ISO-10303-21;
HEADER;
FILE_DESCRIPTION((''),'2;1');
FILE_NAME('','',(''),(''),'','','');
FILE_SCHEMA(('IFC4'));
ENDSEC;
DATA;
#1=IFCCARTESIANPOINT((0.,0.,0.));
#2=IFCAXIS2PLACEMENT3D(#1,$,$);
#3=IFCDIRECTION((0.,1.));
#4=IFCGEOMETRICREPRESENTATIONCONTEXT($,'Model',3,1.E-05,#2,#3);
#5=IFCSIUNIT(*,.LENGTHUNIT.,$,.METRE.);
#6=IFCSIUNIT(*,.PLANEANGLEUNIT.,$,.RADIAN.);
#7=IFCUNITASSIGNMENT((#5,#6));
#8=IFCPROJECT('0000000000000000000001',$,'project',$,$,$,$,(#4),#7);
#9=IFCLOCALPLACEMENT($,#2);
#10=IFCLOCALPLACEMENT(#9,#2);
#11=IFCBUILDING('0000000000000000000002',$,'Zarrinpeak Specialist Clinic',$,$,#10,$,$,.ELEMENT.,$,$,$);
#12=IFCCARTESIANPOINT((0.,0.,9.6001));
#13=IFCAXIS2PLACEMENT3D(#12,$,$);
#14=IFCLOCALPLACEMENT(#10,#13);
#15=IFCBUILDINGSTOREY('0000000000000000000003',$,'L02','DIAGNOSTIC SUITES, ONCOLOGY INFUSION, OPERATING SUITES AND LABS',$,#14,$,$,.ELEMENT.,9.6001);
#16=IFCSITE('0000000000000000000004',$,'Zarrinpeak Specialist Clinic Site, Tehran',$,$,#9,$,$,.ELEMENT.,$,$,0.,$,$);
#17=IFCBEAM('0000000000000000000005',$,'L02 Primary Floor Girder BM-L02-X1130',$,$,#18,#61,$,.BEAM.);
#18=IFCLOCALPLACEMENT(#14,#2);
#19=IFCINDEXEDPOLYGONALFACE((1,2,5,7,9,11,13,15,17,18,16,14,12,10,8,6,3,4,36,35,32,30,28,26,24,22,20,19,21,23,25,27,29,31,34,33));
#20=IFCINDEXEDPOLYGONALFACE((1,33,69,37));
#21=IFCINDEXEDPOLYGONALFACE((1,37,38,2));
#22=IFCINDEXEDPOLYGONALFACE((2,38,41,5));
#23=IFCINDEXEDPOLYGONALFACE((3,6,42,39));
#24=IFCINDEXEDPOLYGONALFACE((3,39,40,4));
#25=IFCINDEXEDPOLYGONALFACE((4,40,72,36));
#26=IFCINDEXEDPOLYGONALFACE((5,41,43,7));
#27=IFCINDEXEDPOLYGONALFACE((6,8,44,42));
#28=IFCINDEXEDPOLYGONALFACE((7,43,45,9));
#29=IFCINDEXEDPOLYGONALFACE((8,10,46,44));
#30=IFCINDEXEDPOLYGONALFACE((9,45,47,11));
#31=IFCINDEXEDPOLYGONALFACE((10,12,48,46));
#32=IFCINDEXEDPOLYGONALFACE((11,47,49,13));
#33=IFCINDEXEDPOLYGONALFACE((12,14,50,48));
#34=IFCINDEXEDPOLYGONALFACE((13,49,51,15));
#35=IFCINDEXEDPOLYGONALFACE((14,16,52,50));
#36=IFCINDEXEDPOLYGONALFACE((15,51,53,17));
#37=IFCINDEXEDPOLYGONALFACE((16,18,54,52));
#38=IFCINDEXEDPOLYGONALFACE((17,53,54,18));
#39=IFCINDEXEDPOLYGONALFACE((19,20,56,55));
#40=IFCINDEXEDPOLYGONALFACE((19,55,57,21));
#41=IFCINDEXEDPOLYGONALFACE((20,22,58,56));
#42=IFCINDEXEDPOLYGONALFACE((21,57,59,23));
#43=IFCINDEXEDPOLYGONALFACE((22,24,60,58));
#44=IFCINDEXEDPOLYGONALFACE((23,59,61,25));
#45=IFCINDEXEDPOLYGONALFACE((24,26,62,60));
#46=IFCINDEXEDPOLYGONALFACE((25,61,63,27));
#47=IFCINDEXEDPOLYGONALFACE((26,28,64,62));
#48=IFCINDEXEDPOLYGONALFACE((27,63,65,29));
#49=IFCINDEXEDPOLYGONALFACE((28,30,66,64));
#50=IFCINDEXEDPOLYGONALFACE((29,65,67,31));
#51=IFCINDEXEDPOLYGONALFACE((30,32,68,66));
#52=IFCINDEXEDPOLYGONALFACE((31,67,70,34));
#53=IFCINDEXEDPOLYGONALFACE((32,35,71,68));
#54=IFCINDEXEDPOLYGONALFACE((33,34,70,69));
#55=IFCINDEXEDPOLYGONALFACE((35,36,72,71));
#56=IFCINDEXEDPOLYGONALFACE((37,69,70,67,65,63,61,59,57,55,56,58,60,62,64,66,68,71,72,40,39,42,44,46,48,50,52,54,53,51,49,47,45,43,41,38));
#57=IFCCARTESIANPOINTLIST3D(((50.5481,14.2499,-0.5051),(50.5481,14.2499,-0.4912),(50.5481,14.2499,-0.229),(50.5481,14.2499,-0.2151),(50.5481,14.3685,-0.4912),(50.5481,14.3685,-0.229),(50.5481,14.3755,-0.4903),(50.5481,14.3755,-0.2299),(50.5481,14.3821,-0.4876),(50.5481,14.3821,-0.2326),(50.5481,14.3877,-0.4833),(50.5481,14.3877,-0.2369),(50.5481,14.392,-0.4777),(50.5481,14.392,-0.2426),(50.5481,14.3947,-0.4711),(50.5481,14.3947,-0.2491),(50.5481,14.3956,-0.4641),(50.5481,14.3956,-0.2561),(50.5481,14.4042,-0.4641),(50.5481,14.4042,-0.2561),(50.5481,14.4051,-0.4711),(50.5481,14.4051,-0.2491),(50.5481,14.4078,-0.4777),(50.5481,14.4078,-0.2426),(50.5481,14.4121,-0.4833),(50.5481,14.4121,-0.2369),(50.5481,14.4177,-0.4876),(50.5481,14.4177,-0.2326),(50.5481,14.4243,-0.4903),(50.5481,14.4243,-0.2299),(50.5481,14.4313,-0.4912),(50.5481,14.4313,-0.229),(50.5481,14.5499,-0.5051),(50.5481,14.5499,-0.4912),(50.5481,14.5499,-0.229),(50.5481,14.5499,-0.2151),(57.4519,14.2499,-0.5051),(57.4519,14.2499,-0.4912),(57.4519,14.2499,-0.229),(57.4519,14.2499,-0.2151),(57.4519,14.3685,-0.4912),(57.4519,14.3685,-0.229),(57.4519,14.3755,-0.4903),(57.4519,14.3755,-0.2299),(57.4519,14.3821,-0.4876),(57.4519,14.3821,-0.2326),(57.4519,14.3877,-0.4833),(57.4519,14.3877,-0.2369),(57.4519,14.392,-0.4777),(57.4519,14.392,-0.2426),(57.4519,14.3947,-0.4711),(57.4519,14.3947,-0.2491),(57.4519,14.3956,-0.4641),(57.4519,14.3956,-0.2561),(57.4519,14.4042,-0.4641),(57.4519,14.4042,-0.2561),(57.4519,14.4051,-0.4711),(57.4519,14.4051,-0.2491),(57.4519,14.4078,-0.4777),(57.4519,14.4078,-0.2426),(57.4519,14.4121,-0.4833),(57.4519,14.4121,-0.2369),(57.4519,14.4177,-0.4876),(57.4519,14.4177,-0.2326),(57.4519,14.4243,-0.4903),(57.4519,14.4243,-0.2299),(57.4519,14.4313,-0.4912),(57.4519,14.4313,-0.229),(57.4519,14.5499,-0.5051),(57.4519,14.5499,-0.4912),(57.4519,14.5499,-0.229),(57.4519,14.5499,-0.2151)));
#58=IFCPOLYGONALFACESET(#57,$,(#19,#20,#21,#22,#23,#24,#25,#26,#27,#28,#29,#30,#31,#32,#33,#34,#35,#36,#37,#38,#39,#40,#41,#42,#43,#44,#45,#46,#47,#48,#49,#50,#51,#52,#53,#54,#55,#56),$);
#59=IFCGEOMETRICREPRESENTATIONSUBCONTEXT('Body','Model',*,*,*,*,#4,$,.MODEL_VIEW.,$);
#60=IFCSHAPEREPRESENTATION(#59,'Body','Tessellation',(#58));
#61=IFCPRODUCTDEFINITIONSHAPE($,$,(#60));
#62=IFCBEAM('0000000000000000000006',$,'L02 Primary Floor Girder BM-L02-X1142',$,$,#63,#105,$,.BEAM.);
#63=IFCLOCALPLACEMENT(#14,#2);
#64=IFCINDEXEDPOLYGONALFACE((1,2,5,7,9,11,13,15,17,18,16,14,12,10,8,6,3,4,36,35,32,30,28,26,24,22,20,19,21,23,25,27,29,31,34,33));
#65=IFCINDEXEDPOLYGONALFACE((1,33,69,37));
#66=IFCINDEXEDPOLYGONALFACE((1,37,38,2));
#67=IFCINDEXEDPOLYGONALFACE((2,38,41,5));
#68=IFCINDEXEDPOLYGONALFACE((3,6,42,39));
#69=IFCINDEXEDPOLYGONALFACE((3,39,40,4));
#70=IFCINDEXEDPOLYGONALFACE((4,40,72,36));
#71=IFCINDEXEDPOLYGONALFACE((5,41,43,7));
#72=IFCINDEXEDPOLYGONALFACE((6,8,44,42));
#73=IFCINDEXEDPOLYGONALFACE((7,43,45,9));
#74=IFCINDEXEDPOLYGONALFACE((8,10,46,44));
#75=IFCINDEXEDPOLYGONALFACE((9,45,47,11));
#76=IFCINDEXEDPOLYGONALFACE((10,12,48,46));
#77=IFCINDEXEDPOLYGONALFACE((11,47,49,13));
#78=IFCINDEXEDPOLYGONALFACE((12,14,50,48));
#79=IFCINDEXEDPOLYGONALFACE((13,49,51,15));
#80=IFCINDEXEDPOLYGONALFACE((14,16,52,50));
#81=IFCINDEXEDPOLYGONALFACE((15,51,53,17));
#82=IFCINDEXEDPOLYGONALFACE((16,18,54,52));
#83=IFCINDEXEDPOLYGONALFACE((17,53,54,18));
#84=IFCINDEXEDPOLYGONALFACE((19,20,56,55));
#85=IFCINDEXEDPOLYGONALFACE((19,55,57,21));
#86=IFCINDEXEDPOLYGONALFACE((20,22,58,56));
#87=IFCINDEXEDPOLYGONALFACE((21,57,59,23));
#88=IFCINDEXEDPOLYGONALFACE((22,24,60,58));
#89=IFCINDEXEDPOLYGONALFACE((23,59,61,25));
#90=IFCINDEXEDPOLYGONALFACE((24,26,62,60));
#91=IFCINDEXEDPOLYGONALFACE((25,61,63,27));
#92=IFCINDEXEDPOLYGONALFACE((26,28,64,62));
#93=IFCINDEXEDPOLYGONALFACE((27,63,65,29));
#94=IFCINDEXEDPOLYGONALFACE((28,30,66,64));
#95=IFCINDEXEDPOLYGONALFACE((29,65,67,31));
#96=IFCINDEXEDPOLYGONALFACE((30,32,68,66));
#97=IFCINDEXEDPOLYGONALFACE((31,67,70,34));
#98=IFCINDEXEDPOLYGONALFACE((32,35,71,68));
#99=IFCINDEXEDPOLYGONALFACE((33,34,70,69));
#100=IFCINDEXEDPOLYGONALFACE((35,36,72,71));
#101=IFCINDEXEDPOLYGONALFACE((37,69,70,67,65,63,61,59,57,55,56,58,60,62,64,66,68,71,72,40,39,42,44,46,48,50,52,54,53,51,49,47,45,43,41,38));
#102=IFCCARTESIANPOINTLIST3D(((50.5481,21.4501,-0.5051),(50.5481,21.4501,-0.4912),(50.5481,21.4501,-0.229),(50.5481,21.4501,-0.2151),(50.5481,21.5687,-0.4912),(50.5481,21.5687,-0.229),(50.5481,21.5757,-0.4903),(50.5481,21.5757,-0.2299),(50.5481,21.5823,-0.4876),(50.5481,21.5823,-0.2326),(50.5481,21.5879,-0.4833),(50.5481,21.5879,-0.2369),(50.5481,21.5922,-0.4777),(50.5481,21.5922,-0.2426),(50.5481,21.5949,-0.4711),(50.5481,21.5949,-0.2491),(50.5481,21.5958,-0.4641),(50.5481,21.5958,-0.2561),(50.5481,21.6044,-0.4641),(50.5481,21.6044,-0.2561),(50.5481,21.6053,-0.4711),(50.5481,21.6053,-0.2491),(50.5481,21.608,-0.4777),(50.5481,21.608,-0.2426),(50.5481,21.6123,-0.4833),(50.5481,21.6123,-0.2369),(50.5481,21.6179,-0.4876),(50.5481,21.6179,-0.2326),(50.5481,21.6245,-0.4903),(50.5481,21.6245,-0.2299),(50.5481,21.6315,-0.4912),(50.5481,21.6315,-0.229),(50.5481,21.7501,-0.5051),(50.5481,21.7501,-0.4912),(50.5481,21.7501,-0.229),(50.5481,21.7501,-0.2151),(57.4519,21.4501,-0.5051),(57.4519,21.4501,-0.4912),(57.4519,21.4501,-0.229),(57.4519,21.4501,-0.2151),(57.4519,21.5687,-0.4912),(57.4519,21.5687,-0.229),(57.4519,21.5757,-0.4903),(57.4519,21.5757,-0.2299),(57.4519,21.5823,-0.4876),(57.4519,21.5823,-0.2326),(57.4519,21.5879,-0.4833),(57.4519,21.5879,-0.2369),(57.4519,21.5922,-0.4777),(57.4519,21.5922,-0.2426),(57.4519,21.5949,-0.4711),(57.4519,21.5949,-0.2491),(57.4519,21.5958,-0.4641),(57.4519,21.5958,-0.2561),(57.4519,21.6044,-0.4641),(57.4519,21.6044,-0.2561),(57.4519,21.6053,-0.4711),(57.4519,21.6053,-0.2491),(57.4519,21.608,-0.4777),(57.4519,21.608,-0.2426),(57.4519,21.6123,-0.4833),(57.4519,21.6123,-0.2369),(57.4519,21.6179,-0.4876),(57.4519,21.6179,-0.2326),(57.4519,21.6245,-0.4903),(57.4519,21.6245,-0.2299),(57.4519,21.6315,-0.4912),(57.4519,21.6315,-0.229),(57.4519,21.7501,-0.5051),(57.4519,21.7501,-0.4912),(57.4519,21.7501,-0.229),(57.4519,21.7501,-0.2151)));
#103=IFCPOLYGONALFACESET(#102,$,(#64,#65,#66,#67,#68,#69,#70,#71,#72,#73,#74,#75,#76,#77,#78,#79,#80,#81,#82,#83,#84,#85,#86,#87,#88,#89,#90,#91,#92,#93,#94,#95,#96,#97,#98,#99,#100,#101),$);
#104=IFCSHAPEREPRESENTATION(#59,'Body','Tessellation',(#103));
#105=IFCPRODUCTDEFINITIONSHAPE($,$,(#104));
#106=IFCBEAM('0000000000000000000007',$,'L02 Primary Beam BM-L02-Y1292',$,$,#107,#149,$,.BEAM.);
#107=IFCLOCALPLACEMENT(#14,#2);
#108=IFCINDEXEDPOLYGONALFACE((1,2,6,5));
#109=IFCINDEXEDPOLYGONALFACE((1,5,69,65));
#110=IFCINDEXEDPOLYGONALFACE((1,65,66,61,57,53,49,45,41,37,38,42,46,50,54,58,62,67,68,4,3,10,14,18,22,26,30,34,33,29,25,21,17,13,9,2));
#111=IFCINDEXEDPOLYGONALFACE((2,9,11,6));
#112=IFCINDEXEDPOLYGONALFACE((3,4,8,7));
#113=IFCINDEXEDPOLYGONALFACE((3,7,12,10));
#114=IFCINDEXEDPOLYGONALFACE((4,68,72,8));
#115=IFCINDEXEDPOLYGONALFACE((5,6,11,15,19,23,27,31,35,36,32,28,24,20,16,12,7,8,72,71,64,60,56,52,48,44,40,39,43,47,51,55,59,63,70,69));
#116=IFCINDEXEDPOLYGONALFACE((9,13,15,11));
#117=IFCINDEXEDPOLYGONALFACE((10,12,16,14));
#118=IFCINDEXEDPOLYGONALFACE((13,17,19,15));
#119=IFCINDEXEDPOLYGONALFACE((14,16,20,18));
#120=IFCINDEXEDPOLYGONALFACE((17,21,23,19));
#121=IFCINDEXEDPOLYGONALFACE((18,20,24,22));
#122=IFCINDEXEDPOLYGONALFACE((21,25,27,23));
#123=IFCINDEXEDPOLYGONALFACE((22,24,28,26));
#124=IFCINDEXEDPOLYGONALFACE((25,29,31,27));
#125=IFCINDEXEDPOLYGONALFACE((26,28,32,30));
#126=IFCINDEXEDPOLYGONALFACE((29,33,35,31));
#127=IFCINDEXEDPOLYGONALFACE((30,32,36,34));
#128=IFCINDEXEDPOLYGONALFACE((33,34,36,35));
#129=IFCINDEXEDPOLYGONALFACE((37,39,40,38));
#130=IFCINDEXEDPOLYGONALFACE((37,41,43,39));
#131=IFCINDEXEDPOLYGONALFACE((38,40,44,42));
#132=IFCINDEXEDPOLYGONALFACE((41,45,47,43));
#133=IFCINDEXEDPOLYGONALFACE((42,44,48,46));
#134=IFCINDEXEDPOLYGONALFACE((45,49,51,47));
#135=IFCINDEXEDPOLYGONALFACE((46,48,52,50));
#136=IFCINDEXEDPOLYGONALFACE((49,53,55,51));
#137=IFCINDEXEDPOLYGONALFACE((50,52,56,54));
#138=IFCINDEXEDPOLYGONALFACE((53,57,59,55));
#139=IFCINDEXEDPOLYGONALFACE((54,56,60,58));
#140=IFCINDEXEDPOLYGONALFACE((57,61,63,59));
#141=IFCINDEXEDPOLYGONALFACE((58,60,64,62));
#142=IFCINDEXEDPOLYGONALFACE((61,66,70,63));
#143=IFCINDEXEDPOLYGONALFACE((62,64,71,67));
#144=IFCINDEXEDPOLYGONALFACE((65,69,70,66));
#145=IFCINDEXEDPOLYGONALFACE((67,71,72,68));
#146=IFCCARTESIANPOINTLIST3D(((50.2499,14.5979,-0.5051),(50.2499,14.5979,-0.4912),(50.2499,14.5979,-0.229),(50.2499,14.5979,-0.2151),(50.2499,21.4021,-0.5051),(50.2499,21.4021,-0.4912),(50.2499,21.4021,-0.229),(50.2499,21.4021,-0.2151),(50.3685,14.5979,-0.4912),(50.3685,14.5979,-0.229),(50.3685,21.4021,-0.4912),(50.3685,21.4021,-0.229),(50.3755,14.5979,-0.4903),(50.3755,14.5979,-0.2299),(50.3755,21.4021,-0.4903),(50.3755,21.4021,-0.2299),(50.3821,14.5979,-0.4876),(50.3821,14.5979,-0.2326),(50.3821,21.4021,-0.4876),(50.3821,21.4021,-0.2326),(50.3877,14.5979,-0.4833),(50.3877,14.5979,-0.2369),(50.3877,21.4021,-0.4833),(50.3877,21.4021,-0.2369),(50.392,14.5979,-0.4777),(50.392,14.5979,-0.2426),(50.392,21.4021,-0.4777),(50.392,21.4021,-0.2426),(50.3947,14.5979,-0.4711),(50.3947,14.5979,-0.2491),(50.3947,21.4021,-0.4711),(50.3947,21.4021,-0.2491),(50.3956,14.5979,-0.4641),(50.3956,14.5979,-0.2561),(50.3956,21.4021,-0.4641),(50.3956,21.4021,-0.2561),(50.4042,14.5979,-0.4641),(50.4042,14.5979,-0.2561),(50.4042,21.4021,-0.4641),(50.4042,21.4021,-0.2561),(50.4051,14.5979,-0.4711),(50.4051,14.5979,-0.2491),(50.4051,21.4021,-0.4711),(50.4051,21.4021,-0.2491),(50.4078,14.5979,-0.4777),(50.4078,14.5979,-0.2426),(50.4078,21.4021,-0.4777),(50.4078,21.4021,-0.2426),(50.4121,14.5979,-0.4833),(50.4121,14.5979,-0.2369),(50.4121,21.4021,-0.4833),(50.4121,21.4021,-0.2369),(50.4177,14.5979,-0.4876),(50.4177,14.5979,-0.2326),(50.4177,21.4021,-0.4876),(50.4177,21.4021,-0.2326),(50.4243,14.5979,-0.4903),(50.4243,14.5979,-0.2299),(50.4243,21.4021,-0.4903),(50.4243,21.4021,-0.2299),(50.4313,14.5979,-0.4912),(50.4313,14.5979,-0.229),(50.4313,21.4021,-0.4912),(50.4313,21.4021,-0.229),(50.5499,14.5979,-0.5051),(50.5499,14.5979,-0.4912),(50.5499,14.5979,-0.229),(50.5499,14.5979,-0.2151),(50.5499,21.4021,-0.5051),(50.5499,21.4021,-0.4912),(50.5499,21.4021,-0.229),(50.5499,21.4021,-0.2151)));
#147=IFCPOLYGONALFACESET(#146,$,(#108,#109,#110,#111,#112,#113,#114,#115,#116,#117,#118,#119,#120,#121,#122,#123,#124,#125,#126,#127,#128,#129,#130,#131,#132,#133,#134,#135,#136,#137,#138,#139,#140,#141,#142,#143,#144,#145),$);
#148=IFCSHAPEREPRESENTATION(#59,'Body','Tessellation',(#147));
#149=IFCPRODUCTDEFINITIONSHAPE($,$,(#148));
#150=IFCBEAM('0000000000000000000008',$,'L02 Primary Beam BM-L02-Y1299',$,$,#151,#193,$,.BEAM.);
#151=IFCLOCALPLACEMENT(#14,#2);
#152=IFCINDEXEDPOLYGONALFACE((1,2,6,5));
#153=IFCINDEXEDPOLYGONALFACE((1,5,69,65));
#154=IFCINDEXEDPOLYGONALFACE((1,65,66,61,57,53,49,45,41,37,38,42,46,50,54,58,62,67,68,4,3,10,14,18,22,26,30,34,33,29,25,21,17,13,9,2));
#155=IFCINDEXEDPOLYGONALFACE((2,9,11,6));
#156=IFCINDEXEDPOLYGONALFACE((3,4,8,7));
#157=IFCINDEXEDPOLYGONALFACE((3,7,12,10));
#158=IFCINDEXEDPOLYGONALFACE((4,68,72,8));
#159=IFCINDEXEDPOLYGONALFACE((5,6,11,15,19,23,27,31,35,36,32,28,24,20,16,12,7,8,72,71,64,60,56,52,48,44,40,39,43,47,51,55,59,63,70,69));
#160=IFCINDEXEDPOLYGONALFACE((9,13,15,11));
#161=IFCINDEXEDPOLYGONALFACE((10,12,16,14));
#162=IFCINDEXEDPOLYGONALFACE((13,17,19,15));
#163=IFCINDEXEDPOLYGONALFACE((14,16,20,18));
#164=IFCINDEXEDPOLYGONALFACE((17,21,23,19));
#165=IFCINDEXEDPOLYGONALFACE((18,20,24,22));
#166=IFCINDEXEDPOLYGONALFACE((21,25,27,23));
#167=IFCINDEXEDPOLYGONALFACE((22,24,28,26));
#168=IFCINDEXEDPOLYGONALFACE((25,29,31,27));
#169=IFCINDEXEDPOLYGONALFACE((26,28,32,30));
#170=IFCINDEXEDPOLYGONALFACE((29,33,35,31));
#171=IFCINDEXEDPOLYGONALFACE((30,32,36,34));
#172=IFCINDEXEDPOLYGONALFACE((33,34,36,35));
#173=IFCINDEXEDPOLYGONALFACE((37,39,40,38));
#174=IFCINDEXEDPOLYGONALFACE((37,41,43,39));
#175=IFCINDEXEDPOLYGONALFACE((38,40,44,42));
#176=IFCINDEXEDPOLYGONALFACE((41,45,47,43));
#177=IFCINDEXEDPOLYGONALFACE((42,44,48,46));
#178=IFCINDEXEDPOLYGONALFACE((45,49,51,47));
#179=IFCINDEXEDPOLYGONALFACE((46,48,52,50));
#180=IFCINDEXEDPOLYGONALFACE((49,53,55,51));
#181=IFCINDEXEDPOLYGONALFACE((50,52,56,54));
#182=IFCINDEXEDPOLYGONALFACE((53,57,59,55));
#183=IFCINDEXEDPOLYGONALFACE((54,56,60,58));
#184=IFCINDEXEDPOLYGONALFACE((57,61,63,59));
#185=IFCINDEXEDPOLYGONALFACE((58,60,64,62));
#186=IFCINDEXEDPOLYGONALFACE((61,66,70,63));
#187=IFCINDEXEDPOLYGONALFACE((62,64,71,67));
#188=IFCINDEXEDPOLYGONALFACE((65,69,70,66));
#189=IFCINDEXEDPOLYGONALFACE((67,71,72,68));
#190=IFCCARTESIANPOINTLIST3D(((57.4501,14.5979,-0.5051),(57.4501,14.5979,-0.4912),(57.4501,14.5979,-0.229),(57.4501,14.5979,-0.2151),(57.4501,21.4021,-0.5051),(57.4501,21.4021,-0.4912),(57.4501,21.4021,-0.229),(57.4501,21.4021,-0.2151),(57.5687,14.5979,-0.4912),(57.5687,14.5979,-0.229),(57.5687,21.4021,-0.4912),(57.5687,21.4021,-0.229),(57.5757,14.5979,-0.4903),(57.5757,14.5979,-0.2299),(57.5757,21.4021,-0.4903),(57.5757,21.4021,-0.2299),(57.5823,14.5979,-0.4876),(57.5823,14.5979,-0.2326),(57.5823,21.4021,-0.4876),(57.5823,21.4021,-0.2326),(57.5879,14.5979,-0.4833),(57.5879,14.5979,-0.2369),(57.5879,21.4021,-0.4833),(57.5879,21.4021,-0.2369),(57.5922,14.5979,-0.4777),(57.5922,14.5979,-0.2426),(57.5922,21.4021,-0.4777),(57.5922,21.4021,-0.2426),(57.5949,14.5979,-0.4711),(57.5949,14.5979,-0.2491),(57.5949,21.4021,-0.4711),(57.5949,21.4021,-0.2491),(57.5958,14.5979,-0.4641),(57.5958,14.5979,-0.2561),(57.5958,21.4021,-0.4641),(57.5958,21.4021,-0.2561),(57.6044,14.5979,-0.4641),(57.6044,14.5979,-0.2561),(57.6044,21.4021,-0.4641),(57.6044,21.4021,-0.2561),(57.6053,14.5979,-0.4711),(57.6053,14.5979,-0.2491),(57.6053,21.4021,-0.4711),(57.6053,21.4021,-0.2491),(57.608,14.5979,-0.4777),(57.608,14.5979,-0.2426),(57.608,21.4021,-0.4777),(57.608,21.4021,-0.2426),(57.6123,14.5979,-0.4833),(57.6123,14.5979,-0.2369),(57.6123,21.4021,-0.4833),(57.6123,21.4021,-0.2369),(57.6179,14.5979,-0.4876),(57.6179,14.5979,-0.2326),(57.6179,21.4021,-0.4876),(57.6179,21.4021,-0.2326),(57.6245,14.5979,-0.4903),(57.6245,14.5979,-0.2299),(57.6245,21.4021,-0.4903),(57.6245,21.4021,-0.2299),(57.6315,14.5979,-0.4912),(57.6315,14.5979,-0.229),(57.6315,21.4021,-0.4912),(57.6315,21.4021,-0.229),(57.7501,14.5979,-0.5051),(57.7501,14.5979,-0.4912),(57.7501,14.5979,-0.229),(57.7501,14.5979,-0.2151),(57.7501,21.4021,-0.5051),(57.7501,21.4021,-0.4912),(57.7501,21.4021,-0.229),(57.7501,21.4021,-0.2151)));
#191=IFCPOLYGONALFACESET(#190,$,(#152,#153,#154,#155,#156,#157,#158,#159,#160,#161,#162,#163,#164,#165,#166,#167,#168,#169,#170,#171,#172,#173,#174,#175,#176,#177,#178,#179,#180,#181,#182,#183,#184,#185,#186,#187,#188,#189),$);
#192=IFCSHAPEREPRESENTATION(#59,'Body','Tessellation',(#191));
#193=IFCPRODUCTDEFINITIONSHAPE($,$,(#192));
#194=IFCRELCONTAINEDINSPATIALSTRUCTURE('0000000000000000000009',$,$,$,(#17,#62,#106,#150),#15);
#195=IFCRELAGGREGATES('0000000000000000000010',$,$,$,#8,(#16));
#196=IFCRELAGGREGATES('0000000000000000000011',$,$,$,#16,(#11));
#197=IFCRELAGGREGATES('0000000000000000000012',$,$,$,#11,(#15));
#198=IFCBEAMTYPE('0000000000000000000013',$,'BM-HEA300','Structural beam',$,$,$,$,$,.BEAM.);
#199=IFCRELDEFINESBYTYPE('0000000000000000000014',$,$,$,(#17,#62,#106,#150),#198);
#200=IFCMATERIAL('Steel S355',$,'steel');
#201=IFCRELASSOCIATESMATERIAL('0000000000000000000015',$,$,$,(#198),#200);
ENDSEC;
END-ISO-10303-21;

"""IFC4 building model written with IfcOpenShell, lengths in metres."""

from ifc_helpers import new_model, si_unit, direction, frame, origin, origin_2d, place, context, subcontext, project, spatial, i_section, extrude, material, material_profile, profile_set, type_object, element, save


model = new_model("IFC4")

# Units and contexts
model_context = context("Model", 3, precision=1e-05, world=origin(), true_north=direction((0.0, 1.0)))
body_context = subcontext(model_context, "Body", "Model", "MODEL_VIEW")
ifc_project = project(units=[si_unit("LENGTHUNIT", "METRE"), si_unit("PLANEANGLEUNIT", "RADIAN")], contexts=[model_context])

# Site, building, storey
site_placement = place(None, origin())
site = spatial("IfcSite", under=ifc_project, at=site_placement, Name="Zarrinpeak Specialist Clinic Site, Tehran", CompositionType="ELEMENT", RefElevation=0.0)
building_placement = place(site_placement, origin())
building = spatial("IfcBuilding", under=site, at=building_placement, Name="Zarrinpeak Specialist Clinic", CompositionType="ELEMENT")
storey_placement = place(building_placement, frame((0.0, 0.0, 9.6001)))
storey = spatial("IfcBuildingStorey", under=building, at=storey_placement, Name="L02", Description="DIAGNOSTIC SUITES, ONCOLOGY INFUSION, OPERATING SUITES AND LABS", CompositionType="ELEMENT", Elevation=9.6001)

# Shared definitions
ifc_material_1 = material(Name="Steel S355", Category="steel")

# Beams
ifc_material_profile_1 = material_profile(ifc_material_1, i_section(OverallWidth=0.3, OverallDepth=0.29, WebThickness=0.0085, FlangeThickness=0.0139, FilletRadius=0.0271, at=origin_2d()), Name="HEA 300")
ifc_profile_set_1 = profile_set([ifc_material_profile_1], Name="Steel S355")
beam_type_1 = type_object("IfcBeamType", Name="BM-HEA300", Description="Structural beam", PredefinedType="BEAM", material=ifc_profile_set_1)
for number, where, z_axis, x_axis, name in (
    (1, (50.5481, 14.3999, -0.3601), (1.0, 0.0, 0.0), (0.0, 1.0, 0.0), "L02 Primary Floor Girder BM-L02-X1130"),
    (2, (50.5481, 21.6001, -0.3601), (1.0, 0.0, 0.0), (0.0, 1.0, 0.0), "L02 Primary Floor Girder BM-L02-X1142"),
):
    element("IfcBeam", number, at=place(storey_placement, frame(where, z_axis=z_axis, x_axis=x_axis)), inside=storey, type_object=beam_type_1, Name=name, PredefinedType="BEAM", context=body_context, shape_type="SweptSolid", body=[
        extrude(i_section(OverallWidth=0.3, OverallDepth=0.29, WebThickness=0.0085, FlangeThickness=0.0139, FilletRadius=0.0271, at=origin_2d()), origin(), (0.0, 0.0, 1.0), 6.9038),
    ])
for number, where, z_axis, x_axis, name in (
    (3, (50.3999, 14.5979, -0.3601), (0.0, 1.0, 0.0), (-1.0, 0.0, 0.0), "L02 Primary Beam BM-L02-Y1292"),
    (4, (57.6001, 14.5979, -0.3601), (0.0, 1.0, 0.0), (-1.0, 0.0, 0.0), "L02 Primary Beam BM-L02-Y1299"),
):
    element("IfcBeam", number, at=place(storey_placement, frame(where, z_axis=z_axis, x_axis=x_axis)), inside=storey, type_object=beam_type_1, Name=name, PredefinedType="BEAM", context=body_context, shape_type="SweptSolid", body=[
        extrude(i_section(OverallWidth=0.3, OverallDepth=0.29, WebThickness=0.0085, FlangeThickness=0.0139, FilletRadius=0.0271, at=origin_2d()), origin(), (0.0, 0.0, 1.0), 6.8042),
    ])

save(model, "model.ifc")
